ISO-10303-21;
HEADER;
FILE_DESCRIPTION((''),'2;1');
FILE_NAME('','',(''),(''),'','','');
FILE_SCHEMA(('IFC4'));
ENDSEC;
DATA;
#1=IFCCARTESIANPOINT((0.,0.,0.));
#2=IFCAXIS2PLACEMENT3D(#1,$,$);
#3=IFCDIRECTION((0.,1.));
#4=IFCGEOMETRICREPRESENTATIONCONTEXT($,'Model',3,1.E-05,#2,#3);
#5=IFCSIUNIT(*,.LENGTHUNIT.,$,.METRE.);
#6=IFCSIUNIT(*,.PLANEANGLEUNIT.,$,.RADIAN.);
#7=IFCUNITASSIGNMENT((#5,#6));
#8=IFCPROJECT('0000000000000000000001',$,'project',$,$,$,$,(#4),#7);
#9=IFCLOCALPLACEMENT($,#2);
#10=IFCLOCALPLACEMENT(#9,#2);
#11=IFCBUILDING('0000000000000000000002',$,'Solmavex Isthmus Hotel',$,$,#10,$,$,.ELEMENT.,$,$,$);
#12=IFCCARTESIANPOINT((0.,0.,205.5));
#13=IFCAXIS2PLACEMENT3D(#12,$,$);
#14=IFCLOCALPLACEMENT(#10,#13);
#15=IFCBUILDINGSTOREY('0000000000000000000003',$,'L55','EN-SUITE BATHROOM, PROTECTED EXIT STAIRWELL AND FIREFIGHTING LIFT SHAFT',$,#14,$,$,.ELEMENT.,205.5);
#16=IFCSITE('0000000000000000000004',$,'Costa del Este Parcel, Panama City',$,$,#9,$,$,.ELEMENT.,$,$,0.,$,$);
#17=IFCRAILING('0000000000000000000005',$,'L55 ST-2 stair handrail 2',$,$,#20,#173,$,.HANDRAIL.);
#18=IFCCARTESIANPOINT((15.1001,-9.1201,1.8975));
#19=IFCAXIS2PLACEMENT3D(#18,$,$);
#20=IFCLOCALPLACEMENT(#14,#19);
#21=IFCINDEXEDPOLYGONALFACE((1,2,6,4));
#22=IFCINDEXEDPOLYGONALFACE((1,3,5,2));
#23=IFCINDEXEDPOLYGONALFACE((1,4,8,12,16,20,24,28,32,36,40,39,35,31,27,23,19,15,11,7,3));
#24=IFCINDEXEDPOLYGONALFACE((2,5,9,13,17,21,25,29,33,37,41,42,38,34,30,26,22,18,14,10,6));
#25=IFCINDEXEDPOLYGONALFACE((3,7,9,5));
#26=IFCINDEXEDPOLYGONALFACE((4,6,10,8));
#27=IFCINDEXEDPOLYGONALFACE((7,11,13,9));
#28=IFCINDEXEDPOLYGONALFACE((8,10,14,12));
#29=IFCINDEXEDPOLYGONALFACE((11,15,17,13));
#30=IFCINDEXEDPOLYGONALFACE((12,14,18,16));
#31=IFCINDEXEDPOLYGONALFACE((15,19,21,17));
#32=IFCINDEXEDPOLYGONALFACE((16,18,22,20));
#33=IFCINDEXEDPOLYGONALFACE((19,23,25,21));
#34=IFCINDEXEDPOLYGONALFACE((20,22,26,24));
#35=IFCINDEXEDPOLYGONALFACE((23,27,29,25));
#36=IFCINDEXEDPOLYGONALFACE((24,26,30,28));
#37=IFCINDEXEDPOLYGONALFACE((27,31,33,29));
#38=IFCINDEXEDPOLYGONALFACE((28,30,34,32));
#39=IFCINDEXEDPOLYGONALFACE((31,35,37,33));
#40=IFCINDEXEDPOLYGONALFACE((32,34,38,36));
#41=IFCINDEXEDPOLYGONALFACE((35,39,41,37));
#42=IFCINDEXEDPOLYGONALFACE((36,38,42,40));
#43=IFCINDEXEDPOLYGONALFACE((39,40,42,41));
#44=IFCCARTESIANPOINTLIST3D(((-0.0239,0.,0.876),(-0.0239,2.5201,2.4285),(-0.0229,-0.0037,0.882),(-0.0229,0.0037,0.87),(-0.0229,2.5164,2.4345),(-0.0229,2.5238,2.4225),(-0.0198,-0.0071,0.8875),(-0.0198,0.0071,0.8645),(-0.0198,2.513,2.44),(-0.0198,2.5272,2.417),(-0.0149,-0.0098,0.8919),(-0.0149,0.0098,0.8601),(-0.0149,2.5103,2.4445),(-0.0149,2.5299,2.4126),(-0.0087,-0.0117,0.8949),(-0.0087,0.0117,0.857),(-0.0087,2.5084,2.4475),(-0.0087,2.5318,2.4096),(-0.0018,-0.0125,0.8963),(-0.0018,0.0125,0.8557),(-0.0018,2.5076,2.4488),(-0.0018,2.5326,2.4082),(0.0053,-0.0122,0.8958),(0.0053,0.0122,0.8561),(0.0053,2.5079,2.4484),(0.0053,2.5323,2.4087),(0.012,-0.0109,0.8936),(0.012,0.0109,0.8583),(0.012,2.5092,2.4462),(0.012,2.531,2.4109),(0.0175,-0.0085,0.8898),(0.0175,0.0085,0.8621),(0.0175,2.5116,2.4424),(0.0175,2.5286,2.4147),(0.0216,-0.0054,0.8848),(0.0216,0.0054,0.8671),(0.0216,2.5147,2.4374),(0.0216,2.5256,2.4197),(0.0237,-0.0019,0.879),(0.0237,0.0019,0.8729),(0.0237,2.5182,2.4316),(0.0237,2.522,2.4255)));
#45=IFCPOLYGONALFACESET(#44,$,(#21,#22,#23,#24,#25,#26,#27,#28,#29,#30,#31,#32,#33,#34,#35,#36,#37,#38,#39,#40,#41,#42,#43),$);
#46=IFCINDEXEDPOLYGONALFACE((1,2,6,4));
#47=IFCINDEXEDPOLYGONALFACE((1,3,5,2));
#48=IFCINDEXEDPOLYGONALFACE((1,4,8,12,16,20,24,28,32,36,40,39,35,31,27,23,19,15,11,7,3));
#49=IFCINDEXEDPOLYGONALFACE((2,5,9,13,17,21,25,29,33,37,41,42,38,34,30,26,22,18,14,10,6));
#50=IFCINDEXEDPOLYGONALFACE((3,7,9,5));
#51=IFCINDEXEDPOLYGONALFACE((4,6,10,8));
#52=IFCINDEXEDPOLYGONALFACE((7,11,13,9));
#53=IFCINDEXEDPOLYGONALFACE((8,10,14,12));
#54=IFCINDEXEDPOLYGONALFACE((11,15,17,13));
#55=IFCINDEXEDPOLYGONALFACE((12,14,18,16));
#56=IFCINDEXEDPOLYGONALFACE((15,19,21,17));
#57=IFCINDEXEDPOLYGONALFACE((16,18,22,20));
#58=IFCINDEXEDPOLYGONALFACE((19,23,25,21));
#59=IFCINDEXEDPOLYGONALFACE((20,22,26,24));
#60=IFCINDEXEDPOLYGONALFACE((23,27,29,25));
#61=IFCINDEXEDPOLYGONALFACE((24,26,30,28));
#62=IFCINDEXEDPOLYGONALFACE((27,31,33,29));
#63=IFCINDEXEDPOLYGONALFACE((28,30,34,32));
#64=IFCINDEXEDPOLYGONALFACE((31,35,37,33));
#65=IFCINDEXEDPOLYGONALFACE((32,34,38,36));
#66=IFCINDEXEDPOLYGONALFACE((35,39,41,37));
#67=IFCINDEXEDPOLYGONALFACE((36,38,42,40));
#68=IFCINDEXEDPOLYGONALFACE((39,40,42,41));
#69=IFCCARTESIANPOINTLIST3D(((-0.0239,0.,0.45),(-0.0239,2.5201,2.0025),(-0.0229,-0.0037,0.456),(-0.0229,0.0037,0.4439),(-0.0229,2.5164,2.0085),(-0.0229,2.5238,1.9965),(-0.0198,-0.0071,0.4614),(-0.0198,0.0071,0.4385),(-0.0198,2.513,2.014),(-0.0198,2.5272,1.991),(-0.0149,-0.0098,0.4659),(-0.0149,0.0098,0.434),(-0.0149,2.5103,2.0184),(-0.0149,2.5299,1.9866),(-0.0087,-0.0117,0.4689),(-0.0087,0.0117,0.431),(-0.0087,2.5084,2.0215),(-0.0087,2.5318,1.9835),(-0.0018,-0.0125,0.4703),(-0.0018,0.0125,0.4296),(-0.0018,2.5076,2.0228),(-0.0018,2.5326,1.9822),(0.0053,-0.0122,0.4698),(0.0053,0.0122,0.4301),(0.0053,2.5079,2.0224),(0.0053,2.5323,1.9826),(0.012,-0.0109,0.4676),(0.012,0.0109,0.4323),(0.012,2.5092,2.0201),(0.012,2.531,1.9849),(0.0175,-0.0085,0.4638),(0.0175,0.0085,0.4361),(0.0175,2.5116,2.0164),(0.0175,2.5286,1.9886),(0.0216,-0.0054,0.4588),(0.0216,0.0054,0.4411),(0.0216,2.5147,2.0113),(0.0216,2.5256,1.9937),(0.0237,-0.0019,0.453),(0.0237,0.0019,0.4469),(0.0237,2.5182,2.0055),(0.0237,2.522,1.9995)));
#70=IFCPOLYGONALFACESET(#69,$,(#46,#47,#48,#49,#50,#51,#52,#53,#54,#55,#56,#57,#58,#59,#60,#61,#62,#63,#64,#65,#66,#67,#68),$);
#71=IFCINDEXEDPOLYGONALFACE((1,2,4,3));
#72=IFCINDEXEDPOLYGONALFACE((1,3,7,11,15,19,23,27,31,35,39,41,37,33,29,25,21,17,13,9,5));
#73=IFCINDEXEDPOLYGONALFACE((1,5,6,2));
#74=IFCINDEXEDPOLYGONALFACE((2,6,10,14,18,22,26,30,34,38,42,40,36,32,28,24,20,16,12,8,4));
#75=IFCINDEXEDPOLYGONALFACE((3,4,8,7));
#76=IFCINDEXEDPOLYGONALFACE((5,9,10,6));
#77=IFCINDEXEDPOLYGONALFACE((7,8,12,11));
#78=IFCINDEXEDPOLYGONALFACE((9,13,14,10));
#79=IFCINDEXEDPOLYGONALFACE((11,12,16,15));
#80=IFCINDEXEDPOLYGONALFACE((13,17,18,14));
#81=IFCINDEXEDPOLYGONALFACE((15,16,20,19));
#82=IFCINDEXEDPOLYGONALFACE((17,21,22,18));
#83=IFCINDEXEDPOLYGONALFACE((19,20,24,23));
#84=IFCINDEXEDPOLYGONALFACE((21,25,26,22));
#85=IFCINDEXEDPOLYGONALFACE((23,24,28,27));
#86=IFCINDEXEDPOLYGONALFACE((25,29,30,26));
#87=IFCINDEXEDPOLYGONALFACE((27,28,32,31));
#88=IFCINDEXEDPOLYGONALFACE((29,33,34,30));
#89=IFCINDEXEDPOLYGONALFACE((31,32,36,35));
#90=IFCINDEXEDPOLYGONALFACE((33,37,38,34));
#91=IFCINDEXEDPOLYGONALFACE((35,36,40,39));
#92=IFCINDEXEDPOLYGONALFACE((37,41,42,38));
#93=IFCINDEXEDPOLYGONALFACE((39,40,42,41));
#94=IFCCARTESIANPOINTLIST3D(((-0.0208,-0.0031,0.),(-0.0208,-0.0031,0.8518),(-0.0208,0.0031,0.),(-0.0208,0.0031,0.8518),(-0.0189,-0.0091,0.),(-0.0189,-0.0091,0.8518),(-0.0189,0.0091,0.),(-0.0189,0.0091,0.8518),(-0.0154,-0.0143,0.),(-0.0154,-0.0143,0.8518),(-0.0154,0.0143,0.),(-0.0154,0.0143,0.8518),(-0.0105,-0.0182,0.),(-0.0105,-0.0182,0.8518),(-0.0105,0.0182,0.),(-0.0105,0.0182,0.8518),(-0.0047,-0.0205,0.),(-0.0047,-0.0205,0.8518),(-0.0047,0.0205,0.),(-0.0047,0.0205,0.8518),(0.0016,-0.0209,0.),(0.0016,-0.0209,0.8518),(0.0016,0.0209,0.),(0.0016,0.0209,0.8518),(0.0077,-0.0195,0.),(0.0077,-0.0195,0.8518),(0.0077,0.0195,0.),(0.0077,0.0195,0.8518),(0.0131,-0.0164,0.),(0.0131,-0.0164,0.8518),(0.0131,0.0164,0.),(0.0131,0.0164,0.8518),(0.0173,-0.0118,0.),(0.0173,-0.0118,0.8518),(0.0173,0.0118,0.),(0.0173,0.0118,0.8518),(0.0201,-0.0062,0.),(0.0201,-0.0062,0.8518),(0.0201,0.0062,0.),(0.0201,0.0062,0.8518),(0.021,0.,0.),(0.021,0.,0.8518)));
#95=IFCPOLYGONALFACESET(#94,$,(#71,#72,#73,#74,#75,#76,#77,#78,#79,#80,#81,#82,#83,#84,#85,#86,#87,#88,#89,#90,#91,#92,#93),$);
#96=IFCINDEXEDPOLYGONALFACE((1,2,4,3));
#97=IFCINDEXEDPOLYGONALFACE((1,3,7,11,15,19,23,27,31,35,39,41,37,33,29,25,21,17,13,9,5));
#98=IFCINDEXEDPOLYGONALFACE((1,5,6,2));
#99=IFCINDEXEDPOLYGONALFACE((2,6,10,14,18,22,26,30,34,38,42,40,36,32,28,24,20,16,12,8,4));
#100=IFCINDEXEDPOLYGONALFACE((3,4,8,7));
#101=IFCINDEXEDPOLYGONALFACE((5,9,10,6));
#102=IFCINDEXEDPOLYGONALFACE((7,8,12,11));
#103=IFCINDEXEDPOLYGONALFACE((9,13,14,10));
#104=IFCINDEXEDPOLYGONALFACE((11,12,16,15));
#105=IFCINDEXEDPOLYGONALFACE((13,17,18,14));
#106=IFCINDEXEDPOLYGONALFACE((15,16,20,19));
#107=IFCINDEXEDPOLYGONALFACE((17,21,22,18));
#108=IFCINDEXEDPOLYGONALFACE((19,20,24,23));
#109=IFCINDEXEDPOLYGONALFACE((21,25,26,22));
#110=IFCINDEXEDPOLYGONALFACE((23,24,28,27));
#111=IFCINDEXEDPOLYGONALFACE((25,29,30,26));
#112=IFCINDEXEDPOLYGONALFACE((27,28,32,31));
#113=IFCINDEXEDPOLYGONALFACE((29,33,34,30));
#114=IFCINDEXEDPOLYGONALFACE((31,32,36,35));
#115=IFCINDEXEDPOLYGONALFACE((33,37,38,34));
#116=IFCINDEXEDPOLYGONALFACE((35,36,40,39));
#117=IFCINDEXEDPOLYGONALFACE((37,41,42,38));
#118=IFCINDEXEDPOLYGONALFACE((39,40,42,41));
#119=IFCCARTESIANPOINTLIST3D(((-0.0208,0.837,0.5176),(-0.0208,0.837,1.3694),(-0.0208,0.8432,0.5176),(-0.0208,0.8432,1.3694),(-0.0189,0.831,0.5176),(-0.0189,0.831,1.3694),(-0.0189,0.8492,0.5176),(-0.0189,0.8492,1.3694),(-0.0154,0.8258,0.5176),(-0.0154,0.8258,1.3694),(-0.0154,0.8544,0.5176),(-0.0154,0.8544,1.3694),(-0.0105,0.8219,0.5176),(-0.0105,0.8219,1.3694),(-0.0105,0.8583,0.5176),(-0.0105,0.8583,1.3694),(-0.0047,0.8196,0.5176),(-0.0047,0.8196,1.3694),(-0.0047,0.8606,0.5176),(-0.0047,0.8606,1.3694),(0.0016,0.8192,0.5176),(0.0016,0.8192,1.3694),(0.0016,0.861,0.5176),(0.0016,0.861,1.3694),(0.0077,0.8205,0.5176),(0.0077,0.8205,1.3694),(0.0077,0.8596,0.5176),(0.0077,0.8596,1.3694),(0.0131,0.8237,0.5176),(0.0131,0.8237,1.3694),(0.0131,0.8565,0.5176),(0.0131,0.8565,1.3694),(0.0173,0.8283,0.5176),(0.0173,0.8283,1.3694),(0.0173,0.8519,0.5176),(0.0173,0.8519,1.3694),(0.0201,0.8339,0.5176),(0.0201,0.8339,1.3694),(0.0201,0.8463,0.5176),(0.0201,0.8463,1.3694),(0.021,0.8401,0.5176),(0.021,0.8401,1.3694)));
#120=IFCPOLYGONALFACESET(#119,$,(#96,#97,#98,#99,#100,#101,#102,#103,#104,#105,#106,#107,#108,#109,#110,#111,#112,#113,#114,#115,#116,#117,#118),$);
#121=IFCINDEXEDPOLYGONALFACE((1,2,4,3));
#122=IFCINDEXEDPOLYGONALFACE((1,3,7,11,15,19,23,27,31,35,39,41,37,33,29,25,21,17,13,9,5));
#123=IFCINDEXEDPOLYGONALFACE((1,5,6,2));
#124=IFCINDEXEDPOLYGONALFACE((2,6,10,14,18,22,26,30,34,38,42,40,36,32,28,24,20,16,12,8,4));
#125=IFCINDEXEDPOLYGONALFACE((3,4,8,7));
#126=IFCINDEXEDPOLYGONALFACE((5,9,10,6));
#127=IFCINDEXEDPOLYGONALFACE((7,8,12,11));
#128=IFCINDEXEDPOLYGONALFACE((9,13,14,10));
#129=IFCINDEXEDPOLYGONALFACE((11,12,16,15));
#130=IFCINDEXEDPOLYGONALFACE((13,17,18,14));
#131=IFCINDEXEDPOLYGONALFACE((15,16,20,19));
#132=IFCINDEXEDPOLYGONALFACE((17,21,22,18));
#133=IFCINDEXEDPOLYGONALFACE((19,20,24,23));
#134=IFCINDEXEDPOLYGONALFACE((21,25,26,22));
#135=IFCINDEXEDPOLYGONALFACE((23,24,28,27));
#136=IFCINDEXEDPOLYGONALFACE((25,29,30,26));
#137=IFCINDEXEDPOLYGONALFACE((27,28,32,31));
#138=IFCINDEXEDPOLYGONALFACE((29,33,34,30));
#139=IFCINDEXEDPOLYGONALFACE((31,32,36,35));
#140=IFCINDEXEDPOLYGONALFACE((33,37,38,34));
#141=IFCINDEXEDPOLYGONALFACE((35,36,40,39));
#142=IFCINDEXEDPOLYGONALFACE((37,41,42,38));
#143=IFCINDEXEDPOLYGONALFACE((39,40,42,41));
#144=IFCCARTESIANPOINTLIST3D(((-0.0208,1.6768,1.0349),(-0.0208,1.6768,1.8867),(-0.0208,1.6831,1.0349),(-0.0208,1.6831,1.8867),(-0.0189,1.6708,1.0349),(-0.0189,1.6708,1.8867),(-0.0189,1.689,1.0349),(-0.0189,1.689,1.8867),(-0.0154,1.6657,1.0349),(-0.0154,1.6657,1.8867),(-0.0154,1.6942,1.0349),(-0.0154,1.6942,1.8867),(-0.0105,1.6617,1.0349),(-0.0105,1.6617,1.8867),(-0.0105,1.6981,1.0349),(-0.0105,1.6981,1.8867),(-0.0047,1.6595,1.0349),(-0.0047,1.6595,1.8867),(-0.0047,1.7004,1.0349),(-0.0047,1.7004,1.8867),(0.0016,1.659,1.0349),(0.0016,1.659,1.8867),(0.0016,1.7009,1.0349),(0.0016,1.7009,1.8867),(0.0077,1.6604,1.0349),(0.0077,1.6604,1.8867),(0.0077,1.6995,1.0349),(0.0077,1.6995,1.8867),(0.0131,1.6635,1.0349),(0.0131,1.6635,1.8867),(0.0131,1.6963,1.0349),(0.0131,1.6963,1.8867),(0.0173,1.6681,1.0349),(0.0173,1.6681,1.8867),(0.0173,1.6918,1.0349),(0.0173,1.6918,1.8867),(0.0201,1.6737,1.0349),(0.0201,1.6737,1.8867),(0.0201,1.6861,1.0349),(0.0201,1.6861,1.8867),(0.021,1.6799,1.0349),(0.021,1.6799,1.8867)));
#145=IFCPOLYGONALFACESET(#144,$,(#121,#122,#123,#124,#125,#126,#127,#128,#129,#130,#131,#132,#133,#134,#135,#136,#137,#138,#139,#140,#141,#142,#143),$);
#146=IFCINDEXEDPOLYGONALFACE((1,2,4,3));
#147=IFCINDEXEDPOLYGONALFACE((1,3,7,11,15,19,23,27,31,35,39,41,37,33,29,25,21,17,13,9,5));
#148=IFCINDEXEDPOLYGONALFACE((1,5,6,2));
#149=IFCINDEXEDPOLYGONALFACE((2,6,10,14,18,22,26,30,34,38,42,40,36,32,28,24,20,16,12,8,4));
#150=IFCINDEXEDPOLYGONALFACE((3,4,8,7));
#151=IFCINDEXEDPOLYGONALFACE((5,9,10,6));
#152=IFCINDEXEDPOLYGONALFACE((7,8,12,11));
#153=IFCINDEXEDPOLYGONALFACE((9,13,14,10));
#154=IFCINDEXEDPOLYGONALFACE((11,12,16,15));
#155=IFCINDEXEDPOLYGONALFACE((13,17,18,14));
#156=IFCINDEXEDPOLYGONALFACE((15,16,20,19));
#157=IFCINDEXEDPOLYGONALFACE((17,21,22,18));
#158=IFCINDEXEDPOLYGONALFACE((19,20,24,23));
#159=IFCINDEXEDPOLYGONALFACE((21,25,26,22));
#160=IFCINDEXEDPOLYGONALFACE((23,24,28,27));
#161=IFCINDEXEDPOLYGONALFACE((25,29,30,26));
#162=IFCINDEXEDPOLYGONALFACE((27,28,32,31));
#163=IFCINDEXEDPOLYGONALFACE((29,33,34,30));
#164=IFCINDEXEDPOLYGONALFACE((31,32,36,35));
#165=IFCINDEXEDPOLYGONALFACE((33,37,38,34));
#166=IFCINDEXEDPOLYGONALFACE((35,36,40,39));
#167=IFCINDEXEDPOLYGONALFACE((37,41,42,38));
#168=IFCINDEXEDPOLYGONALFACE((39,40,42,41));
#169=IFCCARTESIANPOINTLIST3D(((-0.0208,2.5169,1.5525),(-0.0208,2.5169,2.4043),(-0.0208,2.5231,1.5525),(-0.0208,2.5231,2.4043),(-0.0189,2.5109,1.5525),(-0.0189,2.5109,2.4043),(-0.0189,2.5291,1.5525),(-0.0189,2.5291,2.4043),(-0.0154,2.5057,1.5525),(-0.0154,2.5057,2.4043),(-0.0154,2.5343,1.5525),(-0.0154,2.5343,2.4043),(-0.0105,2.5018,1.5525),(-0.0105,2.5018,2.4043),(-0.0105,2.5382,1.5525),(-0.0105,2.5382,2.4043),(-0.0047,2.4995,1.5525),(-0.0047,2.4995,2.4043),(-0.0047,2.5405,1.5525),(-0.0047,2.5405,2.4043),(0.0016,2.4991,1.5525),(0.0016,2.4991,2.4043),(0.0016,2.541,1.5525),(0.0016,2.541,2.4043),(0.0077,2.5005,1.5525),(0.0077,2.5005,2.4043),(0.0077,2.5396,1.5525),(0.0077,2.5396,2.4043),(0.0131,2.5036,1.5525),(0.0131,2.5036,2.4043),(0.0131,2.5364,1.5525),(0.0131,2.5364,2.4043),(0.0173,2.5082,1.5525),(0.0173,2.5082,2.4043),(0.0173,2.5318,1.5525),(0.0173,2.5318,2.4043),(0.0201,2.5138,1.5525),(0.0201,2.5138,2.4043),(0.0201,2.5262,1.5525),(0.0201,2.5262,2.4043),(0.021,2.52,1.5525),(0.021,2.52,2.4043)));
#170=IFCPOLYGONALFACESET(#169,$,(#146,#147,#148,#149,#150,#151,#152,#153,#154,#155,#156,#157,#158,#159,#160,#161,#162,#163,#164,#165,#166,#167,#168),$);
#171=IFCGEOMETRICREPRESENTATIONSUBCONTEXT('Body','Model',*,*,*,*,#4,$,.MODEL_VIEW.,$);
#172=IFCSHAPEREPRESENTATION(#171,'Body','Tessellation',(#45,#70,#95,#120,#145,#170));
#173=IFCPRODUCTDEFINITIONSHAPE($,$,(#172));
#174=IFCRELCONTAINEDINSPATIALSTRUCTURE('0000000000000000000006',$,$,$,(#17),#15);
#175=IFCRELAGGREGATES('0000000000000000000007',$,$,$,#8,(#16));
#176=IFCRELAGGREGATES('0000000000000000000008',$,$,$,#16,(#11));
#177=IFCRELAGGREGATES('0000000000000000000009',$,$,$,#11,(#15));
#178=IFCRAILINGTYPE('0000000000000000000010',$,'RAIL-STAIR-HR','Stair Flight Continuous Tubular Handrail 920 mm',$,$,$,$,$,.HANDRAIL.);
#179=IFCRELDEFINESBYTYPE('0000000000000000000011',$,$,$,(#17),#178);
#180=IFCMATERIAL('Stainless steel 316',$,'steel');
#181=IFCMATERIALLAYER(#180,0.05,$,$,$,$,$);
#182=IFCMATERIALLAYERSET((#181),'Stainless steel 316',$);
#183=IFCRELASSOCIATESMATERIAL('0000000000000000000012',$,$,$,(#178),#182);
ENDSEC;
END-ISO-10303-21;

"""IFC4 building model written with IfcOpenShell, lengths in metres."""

from ifc_helpers import new_model, si_unit, direction, frame, origin, origin_2d, place, context, subcontext, project, spatial, circle, extrude, material, layer, layer_set, type_object, element, save


model = new_model("IFC4")

# Units and contexts
model_context = context("Model", 3, precision=1e-05, world=origin(), true_north=direction((0.0, 1.0)))
body_context = subcontext(model_context, "Body", "Model", "MODEL_VIEW")
ifc_project = project(units=[si_unit("LENGTHUNIT", "METRE"), si_unit("PLANEANGLEUNIT", "RADIAN")], contexts=[model_context])

# Site, building, storey
site_placement = place(None, origin())
site = spatial("IfcSite", under=ifc_project, at=site_placement, Name="Costa del Este Parcel, Panama City", CompositionType="ELEMENT", RefElevation=0.0)
building_placement = place(site_placement, origin())
building = spatial("IfcBuilding", under=site, at=building_placement, Name="Solmavex Isthmus Hotel", CompositionType="ELEMENT")
storey_placement = place(building_placement, frame((0.0, 0.0, 205.5)))
storey = spatial("IfcBuildingStorey", under=building, at=storey_placement, Name="L55", Description="EN-SUITE BATHROOM, PROTECTED EXIT STAIRWELL AND FIREFIGHTING LIFT SHAFT", CompositionType="ELEMENT", Elevation=205.5)

# Railing
ifc_material_1 = material(Name="Stainless steel 316", Category="steel")
ifc_layer_1 = layer(ifc_material_1, 0.05)
ifc_layer_set_1 = layer_set([ifc_layer_1], Name="Stainless steel 316")
railing_type_1 = type_object("IfcRailingType", Name="RAIL-STAIR-HR", Description="Stair Flight Continuous Tubular Handrail 920 mm", PredefinedType="HANDRAIL", material=ifc_layer_set_1)
railing_1_placement = place(storey_placement, frame((15.1001, -9.1201, 1.8975)))
element("IfcRailing", 1, at=railing_1_placement, inside=storey, type_object=railing_type_1, Name="L55 ST-2 stair handrail 2", PredefinedType="HANDRAIL", context=body_context, shape_type="SweptSolid", body=[
    extrude(circle(Radius=0.0239, at=origin_2d()), frame((0.0, 0.0, 0.876), z_axis=(0.0, 0.8514, 0.524516), x_axis=(-1.0, 0.0, 0.0)), (0.0, 0.0, 1.0), 2.96),
    extrude(circle(Radius=0.0239, at=origin_2d()), frame((0.0, 0.0, 0.45), z_axis=(0.0, 0.8514, 0.524516), x_axis=(-1.0, 0.0, 0.0)), (0.0, 0.0, 1.0), 2.96),
    extrude(circle(Radius=0.021, at=origin_2d()), origin(), (0.0, 0.0, 1.0), 0.8518),
    extrude(circle(Radius=0.021, at=origin_2d()), frame((0.0, 0.8401, 0.5176)), (0.0, 0.0, 1.0), 0.8518),
    extrude(circle(Radius=0.021, at=origin_2d()), frame((0.0, 1.6799, 1.0349)), (0.0, 0.0, 1.0), 0.8518),
    extrude(circle(Radius=0.021, at=origin_2d()), frame((0.0, 2.52, 1.5525)), (0.0, 0.0, 1.0), 0.8518),
])

save(model, "model.ifc")
